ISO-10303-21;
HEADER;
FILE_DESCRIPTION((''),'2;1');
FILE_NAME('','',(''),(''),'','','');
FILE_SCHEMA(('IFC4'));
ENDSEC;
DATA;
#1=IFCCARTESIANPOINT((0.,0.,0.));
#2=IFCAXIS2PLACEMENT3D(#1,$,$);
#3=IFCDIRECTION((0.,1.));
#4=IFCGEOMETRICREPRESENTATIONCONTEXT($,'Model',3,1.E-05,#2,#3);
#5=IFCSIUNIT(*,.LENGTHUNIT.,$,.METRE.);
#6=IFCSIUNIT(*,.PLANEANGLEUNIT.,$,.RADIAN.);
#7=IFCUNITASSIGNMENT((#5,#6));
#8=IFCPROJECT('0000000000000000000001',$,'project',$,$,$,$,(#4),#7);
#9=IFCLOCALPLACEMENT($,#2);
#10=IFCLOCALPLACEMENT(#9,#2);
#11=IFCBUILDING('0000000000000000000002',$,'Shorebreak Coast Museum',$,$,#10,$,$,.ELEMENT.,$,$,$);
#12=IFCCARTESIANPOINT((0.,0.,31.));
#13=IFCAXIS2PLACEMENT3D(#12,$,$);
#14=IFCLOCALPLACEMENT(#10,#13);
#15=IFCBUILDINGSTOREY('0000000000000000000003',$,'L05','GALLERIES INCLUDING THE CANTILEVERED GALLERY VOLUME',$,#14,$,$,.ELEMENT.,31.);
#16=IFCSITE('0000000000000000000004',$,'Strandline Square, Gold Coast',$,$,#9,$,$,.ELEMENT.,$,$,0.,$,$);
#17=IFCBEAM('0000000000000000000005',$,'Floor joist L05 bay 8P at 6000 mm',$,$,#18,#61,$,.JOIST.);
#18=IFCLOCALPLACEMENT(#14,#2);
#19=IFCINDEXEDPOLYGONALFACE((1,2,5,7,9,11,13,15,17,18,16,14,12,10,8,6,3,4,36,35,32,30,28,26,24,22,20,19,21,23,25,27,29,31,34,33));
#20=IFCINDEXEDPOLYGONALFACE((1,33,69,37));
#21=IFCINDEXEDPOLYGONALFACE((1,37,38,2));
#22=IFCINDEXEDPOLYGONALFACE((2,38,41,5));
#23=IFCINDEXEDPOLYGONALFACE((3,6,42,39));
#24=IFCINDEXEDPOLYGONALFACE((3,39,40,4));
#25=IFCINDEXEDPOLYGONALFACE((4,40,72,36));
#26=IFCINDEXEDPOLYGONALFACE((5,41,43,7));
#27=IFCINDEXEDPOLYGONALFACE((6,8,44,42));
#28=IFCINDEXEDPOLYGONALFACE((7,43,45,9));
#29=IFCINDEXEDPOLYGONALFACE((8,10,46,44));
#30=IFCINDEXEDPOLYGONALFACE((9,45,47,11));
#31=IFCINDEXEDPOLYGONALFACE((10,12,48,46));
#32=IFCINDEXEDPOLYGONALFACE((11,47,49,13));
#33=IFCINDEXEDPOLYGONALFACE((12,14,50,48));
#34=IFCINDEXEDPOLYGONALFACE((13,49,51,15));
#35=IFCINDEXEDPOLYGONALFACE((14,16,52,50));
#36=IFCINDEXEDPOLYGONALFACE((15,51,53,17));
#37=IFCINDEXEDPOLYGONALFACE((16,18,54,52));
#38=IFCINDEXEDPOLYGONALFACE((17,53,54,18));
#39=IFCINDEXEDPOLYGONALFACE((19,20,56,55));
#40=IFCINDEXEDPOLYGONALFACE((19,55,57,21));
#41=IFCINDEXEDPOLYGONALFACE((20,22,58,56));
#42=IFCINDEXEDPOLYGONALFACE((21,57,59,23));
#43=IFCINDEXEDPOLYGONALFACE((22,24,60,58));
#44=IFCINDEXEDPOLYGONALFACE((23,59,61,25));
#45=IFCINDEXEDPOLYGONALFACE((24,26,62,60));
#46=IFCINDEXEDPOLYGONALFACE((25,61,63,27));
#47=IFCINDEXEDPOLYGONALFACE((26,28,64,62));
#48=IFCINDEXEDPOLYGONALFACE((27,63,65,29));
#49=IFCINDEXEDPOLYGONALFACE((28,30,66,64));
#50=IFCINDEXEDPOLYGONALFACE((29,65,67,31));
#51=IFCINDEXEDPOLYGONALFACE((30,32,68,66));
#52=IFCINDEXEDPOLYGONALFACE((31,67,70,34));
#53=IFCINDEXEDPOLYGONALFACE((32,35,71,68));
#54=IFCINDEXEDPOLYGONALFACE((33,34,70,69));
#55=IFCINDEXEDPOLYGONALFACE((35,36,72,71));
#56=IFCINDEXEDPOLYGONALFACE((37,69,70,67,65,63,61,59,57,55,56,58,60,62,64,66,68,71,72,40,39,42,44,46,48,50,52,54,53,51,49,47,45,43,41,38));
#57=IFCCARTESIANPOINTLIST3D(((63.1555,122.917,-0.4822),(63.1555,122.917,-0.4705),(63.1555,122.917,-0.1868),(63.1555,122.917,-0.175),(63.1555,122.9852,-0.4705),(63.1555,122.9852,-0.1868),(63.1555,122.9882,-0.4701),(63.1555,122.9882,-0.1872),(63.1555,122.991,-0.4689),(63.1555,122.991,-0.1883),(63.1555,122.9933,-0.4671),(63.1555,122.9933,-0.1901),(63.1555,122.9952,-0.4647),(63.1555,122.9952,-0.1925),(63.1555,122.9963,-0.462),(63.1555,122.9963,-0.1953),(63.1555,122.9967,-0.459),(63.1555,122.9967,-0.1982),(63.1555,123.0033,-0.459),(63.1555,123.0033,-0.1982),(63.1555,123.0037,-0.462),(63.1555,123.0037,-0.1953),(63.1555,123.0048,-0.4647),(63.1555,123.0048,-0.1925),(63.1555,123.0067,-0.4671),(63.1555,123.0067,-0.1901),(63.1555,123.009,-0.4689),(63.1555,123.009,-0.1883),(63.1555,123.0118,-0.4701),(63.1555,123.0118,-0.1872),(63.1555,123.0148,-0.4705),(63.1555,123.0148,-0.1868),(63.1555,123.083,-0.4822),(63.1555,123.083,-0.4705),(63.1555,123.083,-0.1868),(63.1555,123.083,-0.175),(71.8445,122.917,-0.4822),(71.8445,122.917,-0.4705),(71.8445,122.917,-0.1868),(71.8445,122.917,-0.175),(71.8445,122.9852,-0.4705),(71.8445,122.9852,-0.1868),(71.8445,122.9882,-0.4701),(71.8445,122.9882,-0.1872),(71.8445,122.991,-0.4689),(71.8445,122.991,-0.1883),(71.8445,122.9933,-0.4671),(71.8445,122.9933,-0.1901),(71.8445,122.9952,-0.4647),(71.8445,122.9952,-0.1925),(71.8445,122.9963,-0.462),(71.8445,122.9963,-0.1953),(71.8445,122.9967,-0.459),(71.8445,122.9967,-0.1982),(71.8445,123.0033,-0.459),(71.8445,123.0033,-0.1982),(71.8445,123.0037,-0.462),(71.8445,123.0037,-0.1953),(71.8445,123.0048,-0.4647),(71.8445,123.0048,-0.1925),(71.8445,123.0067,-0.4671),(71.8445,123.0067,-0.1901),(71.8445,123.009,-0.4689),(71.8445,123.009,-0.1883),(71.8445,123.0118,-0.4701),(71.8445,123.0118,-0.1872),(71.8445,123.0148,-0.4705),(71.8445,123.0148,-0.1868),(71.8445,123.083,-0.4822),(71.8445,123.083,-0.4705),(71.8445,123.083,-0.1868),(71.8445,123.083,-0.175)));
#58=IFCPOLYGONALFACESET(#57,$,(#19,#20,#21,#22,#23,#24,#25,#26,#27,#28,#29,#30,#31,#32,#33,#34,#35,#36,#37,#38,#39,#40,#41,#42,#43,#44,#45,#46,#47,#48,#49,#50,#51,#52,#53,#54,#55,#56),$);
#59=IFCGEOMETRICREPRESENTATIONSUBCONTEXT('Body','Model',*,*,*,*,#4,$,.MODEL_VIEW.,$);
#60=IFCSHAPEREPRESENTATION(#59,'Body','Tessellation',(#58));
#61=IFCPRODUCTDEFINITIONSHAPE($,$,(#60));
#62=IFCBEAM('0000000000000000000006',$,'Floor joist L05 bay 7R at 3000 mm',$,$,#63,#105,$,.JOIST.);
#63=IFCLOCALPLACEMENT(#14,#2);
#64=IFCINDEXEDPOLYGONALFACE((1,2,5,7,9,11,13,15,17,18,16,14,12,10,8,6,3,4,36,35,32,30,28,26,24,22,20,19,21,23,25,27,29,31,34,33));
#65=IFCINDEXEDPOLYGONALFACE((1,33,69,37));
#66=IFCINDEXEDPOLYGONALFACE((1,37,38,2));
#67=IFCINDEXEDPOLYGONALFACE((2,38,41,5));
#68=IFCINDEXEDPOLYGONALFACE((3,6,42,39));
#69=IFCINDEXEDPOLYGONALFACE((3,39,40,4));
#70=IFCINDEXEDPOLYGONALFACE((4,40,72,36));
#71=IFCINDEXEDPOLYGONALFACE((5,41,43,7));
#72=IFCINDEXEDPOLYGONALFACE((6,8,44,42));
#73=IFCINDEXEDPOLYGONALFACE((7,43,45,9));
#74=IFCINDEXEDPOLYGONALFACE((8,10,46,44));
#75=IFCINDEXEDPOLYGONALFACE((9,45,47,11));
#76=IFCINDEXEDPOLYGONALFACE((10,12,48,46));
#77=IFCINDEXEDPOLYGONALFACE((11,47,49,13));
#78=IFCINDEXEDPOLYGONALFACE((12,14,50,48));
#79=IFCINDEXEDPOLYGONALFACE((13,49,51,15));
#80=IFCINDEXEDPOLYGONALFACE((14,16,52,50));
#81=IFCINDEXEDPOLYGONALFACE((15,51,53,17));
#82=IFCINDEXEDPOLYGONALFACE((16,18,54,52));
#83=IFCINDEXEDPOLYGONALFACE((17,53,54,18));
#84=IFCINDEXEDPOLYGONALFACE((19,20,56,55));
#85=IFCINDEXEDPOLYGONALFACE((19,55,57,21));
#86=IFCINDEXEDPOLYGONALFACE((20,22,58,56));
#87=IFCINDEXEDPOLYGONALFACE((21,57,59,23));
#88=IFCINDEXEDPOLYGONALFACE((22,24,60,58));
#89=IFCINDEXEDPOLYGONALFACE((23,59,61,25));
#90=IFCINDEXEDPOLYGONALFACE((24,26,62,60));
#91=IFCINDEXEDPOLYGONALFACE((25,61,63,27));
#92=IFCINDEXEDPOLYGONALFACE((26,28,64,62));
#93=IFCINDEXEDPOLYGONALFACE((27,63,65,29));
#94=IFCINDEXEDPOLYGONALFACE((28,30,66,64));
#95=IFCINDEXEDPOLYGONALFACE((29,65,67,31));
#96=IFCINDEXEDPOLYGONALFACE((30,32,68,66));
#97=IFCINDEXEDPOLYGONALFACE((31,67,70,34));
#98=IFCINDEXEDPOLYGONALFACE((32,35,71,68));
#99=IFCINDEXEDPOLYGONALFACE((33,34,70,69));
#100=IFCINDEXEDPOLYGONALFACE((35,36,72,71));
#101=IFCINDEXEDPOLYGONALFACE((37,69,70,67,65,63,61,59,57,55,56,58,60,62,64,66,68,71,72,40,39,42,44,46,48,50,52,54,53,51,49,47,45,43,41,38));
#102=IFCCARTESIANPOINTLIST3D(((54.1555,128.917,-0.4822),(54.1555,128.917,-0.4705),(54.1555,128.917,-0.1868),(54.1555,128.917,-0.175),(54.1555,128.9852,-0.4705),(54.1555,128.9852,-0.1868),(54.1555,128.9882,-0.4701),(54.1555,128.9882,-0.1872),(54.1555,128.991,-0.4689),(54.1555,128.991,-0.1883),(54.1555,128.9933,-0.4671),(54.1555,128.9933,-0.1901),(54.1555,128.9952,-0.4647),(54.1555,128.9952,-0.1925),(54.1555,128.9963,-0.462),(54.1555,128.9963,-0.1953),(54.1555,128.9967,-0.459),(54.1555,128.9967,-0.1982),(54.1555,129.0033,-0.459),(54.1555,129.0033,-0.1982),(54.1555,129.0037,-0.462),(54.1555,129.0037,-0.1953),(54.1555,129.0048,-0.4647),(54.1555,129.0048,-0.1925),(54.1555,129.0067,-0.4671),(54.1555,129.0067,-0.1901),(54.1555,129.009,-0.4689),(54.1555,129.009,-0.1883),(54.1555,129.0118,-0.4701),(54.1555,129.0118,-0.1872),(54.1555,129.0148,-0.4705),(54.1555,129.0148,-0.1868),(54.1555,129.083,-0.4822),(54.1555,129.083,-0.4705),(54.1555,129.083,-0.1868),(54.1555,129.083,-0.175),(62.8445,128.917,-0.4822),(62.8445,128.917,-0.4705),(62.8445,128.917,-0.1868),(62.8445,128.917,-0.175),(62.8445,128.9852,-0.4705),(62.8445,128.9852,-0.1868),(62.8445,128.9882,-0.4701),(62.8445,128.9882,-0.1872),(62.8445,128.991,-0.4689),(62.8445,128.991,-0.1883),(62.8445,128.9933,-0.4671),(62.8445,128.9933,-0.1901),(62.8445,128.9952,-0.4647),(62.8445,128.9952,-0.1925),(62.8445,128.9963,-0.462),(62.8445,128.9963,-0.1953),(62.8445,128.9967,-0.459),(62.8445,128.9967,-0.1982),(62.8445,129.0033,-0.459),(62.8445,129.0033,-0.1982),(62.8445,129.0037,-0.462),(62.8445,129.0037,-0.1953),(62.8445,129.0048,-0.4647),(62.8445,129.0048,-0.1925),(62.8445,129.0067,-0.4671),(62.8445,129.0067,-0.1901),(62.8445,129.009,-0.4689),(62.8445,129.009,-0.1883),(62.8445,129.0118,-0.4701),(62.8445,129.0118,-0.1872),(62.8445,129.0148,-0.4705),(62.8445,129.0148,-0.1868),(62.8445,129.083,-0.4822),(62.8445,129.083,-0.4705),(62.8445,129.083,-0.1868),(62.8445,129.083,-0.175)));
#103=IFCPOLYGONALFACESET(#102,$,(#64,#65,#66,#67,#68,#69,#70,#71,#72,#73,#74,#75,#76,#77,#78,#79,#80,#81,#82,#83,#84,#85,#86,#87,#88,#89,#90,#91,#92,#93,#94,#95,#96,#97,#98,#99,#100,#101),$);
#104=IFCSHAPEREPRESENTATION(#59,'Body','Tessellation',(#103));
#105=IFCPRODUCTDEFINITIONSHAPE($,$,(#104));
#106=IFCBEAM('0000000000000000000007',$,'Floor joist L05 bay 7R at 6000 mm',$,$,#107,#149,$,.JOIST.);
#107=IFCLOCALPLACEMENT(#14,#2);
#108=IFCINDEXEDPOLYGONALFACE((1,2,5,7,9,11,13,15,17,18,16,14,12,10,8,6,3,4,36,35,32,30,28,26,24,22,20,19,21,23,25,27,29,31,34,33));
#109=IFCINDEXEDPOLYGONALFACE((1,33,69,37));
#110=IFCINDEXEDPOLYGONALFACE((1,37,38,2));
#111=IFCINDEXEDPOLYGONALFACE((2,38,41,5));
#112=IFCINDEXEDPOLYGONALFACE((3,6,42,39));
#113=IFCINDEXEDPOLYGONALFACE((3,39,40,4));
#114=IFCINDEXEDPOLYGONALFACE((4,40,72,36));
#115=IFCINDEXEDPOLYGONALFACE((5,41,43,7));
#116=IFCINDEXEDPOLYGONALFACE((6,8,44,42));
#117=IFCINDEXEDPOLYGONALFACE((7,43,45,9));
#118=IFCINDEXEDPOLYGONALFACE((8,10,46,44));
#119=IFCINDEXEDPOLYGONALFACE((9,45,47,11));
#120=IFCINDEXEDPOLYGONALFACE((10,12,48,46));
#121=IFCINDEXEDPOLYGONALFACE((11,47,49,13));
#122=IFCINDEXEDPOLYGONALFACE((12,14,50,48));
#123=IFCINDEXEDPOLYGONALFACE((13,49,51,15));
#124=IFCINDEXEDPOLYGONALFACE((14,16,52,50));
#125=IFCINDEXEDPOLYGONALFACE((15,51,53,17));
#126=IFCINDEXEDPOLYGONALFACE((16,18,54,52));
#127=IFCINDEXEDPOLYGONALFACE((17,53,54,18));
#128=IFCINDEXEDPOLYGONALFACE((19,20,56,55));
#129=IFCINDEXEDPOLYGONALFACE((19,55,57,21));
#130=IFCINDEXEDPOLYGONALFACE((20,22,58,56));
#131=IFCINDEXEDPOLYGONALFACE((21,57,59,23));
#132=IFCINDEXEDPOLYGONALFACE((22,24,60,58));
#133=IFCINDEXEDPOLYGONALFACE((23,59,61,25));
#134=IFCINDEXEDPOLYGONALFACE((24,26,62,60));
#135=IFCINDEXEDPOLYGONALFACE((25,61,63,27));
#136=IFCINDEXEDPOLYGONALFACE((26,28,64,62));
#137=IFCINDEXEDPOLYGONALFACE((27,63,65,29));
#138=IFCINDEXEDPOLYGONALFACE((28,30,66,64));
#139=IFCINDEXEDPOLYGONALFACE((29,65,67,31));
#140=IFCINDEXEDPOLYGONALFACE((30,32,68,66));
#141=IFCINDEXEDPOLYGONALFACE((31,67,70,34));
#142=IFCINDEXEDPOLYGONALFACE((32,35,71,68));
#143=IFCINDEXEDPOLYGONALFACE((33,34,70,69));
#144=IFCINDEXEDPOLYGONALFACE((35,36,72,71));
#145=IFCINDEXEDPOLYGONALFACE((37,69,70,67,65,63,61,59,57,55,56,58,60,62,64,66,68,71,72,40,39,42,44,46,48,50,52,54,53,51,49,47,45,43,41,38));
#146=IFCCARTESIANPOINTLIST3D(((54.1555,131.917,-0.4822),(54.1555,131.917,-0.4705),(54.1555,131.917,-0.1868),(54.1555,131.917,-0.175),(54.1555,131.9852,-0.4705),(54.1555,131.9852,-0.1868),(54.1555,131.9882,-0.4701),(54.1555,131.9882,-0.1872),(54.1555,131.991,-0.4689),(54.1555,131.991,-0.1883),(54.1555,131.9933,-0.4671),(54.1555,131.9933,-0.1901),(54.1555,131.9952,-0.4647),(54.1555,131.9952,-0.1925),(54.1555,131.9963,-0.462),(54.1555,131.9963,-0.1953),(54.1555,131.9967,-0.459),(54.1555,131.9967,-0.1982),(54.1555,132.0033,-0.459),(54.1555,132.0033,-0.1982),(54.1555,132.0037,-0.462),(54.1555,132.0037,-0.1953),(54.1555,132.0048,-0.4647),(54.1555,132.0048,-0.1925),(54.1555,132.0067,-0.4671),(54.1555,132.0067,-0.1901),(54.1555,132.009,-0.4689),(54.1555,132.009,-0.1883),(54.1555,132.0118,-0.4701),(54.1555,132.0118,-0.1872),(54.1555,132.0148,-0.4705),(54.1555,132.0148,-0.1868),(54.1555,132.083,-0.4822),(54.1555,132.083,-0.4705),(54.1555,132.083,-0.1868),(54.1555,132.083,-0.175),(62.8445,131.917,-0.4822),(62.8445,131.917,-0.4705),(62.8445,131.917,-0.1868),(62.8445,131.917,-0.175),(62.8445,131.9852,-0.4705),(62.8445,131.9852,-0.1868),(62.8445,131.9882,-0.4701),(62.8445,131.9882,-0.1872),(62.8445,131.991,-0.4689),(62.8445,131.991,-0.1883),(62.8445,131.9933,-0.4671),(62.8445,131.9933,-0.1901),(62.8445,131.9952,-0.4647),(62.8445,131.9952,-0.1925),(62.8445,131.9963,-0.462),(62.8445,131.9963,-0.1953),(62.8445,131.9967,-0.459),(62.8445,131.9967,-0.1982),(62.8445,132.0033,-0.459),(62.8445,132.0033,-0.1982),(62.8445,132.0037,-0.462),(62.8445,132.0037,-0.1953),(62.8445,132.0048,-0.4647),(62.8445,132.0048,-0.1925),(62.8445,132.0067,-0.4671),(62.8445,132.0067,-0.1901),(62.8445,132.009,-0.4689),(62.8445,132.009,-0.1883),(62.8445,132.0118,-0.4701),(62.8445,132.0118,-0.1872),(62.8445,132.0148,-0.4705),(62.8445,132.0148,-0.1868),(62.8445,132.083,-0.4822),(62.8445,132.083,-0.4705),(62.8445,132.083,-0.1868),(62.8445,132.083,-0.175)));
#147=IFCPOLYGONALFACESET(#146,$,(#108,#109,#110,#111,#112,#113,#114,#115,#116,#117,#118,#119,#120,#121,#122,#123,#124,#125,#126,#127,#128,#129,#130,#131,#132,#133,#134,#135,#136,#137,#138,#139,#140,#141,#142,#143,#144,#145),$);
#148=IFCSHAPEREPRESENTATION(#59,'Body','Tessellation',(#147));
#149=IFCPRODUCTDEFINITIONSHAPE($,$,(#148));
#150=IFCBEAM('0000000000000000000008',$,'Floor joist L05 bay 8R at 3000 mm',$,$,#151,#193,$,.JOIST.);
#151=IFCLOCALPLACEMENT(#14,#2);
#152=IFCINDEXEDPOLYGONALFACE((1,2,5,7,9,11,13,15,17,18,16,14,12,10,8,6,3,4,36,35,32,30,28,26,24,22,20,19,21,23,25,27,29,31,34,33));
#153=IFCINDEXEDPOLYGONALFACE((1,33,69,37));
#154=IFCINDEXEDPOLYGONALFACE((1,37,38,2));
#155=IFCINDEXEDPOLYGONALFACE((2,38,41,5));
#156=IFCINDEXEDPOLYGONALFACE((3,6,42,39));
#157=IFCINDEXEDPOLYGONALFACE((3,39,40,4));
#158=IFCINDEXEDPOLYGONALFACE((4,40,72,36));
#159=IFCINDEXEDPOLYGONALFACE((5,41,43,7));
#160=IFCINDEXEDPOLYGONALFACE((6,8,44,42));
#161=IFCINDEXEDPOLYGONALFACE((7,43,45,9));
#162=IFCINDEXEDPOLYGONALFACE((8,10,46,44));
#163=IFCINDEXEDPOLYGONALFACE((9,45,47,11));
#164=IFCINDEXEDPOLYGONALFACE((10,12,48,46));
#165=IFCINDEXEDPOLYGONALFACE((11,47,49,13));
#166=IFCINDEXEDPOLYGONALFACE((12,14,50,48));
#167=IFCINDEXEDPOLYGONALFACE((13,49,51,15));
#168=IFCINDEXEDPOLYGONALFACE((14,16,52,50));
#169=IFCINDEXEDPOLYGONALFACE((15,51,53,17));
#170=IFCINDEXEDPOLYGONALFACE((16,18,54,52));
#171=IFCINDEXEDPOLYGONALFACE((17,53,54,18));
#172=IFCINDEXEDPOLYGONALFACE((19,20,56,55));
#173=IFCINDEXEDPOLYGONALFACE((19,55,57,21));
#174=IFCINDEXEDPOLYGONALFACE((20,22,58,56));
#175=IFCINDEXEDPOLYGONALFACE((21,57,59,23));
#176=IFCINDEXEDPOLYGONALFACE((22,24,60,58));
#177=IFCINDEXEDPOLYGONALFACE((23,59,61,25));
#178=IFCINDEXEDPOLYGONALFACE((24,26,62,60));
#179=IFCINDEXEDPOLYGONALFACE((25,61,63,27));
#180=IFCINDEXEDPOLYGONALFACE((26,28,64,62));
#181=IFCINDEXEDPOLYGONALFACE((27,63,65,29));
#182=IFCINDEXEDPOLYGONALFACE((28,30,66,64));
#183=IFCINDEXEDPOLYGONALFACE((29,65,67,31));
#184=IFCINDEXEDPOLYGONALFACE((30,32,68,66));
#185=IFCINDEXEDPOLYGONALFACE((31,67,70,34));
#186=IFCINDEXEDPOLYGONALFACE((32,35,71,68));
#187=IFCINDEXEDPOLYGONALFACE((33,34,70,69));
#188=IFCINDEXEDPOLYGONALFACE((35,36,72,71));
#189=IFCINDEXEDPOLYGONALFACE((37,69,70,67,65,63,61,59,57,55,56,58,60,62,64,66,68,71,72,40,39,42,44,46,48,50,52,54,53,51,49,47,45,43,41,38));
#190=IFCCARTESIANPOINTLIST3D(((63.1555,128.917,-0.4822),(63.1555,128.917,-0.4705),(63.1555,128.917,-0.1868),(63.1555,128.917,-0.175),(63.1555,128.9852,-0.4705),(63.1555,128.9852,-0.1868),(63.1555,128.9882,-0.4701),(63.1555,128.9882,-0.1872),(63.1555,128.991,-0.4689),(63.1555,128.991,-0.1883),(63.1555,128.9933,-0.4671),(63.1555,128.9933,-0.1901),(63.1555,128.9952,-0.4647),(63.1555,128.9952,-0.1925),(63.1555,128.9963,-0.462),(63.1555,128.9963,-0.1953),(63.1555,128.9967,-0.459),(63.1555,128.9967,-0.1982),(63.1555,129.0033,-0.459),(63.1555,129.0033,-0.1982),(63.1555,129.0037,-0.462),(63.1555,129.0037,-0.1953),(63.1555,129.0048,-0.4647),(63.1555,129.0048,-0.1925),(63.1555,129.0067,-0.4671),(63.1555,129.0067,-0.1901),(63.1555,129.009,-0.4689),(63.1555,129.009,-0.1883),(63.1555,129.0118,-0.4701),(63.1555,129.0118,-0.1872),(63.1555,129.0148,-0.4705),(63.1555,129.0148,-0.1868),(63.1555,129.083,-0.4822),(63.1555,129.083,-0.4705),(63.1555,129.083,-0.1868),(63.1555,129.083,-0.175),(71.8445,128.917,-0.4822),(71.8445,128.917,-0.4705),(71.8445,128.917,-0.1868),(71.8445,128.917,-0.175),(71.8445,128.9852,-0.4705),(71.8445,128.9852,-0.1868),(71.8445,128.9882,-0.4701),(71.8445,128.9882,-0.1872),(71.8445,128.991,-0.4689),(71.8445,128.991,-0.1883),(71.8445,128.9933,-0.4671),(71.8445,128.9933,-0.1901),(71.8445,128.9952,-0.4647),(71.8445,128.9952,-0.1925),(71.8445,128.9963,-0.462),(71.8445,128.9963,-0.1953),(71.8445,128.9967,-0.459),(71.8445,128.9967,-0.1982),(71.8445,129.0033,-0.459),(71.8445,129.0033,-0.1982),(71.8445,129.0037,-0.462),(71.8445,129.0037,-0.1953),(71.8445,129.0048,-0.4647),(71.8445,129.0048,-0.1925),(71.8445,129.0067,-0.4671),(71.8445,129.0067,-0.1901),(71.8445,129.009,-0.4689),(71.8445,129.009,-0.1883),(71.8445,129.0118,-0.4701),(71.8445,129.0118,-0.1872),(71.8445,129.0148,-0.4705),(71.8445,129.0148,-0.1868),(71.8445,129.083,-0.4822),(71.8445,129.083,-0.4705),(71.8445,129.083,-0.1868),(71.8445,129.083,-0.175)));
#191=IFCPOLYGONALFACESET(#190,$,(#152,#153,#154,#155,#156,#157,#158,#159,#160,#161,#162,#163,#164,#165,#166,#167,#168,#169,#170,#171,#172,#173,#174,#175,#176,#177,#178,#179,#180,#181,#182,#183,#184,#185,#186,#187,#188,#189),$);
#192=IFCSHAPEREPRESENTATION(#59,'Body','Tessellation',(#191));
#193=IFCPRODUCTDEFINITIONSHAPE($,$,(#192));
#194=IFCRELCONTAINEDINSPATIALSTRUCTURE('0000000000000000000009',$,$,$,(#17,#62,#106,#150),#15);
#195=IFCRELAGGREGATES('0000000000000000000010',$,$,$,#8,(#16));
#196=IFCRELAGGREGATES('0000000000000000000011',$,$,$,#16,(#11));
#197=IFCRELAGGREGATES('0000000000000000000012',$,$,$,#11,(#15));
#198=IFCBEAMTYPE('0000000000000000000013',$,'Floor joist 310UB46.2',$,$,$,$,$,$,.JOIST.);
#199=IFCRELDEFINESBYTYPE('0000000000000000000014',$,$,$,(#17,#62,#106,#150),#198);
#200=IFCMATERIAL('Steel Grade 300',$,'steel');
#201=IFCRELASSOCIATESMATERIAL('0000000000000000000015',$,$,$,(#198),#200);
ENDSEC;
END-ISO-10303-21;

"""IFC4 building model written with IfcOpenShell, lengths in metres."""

from ifc_helpers import new_model, si_unit, direction, frame, origin, origin_2d, place, context, subcontext, project, spatial, i_section, extrude, material, material_profile, profile_set, type_object, element, save


model = new_model("IFC4")

# Units and contexts
model_context = context("Model", 3, precision=1e-05, world=origin(), true_north=direction((0.0, 1.0)))
body_context = subcontext(model_context, "Body", "Model", "MODEL_VIEW")
ifc_project = project(units=[si_unit("LENGTHUNIT", "METRE"), si_unit("PLANEANGLEUNIT", "RADIAN")], contexts=[model_context])

# Site, building, storey
site_placement = place(None, origin())
site = spatial("IfcSite", under=ifc_project, at=site_placement, Name="Strandline Square, Gold Coast", CompositionType="ELEMENT", RefElevation=0.0)
building_placement = place(site_placement, origin())
building = spatial("IfcBuilding", under=site, at=building_placement, Name="Shorebreak Coast Museum", CompositionType="ELEMENT")
storey_placement = place(building_placement, frame((0.0, 0.0, 31.0)))
storey = spatial("IfcBuildingStorey", under=building, at=storey_placement, Name="L05", Description="GALLERIES INCLUDING THE CANTILEVERED GALLERY VOLUME", CompositionType="ELEMENT", Elevation=31.0)

# Beams
ifc_material_1 = material(Name="Steel Grade 300", Category="steel")
ifc_material_profile_1 = material_profile(ifc_material_1, i_section(OverallWidth=0.166, OverallDepth=0.3071, WebThickness=0.0066, FlangeThickness=0.0117, FilletRadius=0.0115, at=origin_2d()), Name="310UB46.2")
ifc_profile_set_1 = profile_set([ifc_material_profile_1], Name="Steel Grade 300")
beam_type_1 = type_object("IfcBeamType", Name="Floor joist 310UB46.2", PredefinedType="JOIST", material=ifc_profile_set_1)
for number, where, z_axis, x_axis, name in (
    (1, (63.1555, 123.0, -0.3286), (1.0, 0.0, 0.0), (0.0, 1.0, 0.0), "Floor joist L05 bay 8P at 6000 mm"),
    (2, (54.1555, 129.0, -0.3286), (1.0, 0.0, 0.0), (0.0, 1.0, 0.0), "Floor joist L05 bay 7R at 3000 mm"),
    (3, (54.1555, 132.0, -0.3286), (1.0, 0.0, 0.0), (0.0, 1.0, 0.0), "Floor joist L05 bay 7R at 6000 mm"),
    (4, (63.1555, 129.0, -0.3286), (1.0, 0.0, 0.0), (0.0, 1.0, 0.0), "Floor joist L05 bay 8R at 3000 mm"),
):
    element("IfcBeam", number, at=place(storey_placement, frame(where, z_axis=z_axis, x_axis=x_axis)), inside=storey, type_object=beam_type_1, Name=name, PredefinedType="JOIST", context=body_context, shape_type="SweptSolid", body=[
        extrude(i_section(OverallWidth=0.166, OverallDepth=0.3071, WebThickness=0.0066, FlangeThickness=0.0117, FilletRadius=0.0115, at=origin_2d()), origin(), (0.0, 0.0, 1.0), 8.689),
    ])

save(model, "model.ifc")
